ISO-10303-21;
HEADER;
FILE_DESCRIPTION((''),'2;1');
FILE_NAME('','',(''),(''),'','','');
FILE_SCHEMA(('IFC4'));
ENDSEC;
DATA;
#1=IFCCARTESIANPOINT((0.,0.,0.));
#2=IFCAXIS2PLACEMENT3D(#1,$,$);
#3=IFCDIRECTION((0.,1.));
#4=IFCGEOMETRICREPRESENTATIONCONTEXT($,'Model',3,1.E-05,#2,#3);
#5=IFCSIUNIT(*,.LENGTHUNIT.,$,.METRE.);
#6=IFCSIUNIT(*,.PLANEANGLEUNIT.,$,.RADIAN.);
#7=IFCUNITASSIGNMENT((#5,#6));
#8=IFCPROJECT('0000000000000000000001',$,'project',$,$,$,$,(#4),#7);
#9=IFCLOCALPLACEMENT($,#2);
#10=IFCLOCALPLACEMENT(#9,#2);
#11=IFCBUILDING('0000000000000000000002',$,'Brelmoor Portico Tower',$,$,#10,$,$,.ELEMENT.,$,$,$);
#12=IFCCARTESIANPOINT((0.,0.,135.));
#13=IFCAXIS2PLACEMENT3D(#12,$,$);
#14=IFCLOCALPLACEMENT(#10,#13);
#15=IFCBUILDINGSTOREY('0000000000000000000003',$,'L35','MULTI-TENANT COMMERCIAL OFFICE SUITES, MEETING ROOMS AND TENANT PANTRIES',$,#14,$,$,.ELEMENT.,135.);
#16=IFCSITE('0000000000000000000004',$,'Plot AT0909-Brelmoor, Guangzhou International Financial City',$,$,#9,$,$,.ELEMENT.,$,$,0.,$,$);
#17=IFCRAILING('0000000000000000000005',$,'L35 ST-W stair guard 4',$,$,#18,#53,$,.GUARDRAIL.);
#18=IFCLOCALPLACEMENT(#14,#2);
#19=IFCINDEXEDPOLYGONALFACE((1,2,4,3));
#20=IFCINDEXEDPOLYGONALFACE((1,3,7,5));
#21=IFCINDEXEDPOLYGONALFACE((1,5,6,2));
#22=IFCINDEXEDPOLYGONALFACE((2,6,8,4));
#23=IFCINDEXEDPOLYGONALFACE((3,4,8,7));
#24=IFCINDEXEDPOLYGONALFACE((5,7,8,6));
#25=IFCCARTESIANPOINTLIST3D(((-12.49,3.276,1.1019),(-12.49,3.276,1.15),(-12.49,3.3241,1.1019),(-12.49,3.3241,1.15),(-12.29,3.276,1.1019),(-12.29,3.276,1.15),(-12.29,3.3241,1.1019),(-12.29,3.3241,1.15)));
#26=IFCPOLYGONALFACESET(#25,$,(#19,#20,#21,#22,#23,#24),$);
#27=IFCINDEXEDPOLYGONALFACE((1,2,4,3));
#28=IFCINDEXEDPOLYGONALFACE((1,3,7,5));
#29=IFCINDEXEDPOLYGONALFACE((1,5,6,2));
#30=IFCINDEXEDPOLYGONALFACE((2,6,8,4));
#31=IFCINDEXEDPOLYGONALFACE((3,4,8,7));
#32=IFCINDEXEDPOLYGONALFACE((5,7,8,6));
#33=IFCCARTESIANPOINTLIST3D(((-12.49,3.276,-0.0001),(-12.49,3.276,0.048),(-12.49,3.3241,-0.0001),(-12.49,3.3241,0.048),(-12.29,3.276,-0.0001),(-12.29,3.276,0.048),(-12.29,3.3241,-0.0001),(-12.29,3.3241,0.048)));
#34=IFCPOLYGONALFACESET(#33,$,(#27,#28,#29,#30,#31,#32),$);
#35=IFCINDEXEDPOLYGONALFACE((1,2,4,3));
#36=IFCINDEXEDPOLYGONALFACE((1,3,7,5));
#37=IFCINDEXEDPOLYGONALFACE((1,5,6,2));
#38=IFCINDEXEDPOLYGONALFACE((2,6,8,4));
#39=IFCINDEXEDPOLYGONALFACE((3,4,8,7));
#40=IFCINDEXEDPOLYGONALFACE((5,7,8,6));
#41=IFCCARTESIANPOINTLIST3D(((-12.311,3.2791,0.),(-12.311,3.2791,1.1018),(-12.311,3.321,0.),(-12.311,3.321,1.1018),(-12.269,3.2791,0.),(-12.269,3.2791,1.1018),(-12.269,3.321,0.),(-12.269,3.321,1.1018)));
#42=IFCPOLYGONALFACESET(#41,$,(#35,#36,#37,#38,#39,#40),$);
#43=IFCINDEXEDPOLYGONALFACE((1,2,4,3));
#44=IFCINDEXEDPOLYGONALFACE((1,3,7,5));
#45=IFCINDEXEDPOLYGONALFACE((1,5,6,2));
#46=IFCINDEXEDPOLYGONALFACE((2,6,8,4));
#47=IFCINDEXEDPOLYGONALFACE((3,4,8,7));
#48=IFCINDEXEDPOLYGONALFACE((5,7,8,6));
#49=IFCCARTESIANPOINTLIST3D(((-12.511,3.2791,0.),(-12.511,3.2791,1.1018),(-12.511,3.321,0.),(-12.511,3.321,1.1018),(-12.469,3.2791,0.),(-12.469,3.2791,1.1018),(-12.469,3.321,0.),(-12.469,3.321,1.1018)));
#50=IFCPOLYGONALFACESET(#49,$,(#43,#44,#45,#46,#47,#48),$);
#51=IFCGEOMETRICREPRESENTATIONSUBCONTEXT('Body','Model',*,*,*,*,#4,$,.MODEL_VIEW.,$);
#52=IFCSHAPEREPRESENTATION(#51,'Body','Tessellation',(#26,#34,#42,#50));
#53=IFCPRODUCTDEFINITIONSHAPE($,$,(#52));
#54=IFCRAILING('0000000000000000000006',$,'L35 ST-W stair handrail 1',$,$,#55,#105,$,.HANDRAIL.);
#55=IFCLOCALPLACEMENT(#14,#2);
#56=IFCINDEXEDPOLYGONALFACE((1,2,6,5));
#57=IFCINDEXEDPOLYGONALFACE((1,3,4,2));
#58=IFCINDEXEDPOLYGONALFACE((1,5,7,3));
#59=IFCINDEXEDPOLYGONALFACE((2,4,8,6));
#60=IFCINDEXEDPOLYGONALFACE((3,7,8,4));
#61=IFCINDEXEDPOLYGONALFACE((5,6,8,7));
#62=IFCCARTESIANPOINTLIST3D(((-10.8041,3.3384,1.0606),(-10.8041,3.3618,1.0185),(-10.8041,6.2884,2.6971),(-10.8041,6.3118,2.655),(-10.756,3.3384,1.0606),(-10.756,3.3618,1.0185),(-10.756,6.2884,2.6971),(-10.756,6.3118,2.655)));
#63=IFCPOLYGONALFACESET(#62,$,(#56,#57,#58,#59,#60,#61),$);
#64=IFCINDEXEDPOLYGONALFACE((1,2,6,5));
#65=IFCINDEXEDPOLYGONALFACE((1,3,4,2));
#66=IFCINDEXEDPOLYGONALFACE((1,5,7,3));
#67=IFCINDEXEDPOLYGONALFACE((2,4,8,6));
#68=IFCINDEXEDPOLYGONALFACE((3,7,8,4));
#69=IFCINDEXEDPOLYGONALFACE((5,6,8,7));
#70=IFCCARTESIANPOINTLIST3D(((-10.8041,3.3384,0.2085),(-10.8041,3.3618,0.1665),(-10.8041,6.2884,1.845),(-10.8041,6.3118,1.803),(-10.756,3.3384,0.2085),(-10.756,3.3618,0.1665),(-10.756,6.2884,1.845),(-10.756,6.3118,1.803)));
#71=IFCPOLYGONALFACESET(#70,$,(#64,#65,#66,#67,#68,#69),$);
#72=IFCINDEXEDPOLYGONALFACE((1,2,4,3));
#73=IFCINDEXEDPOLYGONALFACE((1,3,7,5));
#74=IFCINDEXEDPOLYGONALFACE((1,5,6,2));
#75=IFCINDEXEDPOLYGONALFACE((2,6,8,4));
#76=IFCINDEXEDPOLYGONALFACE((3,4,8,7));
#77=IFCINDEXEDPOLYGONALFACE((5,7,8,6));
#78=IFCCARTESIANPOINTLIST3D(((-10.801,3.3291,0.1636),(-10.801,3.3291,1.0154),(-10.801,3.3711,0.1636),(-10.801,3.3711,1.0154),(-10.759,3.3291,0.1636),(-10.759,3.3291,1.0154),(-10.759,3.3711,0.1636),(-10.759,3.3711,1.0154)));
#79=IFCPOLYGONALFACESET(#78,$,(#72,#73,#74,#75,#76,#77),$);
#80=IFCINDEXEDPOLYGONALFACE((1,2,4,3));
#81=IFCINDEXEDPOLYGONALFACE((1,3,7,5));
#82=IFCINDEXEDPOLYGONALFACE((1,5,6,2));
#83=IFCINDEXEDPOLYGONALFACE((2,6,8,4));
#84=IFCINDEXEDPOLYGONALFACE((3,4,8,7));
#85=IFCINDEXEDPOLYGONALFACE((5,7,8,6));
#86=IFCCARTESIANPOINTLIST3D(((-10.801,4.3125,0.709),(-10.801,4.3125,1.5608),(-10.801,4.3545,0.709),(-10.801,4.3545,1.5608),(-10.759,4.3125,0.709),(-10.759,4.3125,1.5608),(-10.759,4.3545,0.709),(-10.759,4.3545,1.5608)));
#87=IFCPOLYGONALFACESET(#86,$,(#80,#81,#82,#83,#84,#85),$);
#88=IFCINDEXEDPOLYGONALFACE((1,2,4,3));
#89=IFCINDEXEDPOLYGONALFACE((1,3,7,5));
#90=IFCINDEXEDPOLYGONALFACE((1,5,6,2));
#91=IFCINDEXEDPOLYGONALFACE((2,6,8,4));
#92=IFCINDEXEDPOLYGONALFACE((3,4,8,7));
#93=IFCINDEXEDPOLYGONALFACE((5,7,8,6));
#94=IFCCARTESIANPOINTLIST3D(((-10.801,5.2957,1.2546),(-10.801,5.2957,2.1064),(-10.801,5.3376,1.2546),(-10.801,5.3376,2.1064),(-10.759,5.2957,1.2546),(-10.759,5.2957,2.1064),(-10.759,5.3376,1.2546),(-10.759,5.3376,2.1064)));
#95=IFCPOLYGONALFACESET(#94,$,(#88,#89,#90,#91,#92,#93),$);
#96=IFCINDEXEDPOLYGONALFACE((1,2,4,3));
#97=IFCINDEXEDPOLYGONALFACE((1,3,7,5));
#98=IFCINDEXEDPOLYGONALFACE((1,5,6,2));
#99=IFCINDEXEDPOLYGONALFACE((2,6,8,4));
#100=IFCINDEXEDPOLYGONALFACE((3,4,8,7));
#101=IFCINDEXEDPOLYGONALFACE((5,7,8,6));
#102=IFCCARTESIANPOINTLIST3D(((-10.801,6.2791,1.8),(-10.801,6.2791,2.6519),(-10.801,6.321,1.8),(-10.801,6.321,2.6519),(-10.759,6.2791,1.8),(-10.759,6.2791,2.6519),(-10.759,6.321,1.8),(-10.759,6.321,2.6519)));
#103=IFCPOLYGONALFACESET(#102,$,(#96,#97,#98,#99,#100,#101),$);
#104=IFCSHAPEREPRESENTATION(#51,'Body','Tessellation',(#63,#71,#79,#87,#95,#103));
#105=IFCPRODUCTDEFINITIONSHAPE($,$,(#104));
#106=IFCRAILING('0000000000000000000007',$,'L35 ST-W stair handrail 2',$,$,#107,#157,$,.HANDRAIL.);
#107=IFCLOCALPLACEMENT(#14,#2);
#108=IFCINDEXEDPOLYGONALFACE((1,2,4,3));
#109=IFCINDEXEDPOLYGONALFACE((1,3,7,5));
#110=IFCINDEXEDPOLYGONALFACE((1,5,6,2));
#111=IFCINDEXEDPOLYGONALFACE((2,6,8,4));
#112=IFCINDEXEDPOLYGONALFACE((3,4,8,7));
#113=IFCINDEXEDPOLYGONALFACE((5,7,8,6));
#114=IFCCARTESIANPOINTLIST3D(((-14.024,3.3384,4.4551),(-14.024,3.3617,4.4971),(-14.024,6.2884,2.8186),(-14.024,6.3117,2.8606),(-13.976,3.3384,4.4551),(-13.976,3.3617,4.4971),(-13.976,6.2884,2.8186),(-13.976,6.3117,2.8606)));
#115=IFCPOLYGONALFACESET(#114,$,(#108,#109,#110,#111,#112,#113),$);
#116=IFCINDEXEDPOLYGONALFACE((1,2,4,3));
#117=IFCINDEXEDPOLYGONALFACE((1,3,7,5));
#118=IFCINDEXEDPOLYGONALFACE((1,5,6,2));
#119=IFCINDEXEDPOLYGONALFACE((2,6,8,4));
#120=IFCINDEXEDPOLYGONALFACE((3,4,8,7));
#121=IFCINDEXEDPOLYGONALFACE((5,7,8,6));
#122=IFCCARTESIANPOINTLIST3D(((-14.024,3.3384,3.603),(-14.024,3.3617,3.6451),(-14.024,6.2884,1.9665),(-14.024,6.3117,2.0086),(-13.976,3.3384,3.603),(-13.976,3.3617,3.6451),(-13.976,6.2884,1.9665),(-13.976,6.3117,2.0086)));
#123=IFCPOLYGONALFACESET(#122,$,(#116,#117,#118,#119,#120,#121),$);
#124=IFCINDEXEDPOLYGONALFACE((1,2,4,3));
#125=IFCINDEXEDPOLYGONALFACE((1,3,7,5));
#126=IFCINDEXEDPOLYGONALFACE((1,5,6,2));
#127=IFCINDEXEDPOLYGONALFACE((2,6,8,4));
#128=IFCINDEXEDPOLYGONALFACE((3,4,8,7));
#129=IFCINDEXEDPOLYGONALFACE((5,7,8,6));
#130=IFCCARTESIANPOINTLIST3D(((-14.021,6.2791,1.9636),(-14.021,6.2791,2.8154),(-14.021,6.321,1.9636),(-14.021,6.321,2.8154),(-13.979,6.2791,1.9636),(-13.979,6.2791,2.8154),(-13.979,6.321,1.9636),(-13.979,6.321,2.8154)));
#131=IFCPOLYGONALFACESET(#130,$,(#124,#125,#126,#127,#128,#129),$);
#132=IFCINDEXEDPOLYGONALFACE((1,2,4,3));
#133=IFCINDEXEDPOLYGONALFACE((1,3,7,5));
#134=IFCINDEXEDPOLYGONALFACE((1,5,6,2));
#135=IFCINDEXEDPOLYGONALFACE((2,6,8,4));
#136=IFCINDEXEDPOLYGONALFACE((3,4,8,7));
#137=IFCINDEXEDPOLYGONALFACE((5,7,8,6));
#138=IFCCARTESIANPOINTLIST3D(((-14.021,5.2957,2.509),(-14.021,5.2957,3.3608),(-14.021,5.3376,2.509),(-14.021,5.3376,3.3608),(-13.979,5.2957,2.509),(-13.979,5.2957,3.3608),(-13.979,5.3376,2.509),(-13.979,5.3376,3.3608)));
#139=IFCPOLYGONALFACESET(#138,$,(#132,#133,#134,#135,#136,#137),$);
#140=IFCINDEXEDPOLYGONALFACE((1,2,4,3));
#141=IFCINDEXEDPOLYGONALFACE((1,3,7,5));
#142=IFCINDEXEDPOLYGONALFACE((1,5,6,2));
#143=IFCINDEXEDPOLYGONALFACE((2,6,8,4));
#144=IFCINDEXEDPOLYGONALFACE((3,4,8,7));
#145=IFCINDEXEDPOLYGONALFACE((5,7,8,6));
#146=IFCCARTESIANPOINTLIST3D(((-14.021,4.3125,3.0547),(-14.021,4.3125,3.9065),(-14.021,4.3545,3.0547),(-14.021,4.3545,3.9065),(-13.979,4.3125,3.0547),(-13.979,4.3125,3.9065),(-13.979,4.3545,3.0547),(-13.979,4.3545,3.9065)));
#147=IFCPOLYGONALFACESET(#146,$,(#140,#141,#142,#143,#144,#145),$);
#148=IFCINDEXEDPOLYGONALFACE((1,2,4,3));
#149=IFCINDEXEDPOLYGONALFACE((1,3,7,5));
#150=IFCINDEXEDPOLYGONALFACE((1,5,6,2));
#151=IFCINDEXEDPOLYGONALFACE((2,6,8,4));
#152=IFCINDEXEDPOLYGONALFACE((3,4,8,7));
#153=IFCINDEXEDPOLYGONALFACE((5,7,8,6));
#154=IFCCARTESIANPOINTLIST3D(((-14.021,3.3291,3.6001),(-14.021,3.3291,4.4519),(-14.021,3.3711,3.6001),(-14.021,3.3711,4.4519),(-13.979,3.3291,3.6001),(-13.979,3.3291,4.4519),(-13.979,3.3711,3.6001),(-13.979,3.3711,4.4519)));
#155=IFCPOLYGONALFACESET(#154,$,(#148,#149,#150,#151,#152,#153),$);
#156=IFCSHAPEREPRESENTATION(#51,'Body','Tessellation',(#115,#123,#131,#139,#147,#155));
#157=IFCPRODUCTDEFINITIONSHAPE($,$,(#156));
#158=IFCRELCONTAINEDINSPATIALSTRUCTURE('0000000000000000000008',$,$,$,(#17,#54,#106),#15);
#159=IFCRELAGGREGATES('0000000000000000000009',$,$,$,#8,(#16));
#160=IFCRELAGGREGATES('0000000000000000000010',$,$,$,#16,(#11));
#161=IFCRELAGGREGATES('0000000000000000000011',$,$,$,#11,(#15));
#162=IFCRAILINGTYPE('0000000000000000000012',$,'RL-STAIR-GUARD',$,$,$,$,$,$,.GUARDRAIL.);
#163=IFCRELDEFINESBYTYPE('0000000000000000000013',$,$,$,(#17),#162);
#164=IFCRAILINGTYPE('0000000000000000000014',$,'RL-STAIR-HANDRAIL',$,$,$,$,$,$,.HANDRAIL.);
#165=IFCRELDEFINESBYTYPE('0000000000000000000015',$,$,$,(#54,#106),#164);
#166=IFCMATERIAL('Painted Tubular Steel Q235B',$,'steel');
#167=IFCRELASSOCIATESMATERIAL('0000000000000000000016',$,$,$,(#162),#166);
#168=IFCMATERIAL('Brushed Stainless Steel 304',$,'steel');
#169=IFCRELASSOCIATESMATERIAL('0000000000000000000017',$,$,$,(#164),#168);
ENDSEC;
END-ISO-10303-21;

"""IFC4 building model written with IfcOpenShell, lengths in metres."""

from ifc_helpers import new_model, si_unit, direction, frame, origin, origin_2d, place, context, subcontext, project, spatial, rectangle, extrude, material, type_object, element, save


model = new_model("IFC4")

# Units and contexts
model_context = context("Model", 3, precision=1e-05, world=origin(), true_north=direction((0.0, 1.0)))
body_context = subcontext(model_context, "Body", "Model", "MODEL_VIEW")
ifc_project = project(units=[si_unit("LENGTHUNIT", "METRE"), si_unit("PLANEANGLEUNIT", "RADIAN")], contexts=[model_context])

# Site, building, storey
site_placement = place(None, origin())
site = spatial("IfcSite", under=ifc_project, at=site_placement, Name="Plot AT0909-Brelmoor, Guangzhou International Financial City", CompositionType="ELEMENT", RefElevation=0.0)
building_placement = place(site_placement, origin())
building = spatial("IfcBuilding", under=site, at=building_placement, Name="Brelmoor Portico Tower", CompositionType="ELEMENT")
storey_placement = place(building_placement, frame((0.0, 0.0, 135.0)))
storey = spatial("IfcBuildingStorey", under=building, at=storey_placement, Name="L35", Description="MULTI-TENANT COMMERCIAL OFFICE SUITES, MEETING ROOMS AND TENANT PANTRIES", CompositionType="ELEMENT", Elevation=135.0)

# Railings
ifc_material_1 = material(Name="Painted Tubular Steel Q235B", Category="steel")
railing_type_1 = type_object("IfcRailingType", Name="RL-STAIR-GUARD", PredefinedType="GUARDRAIL", material=ifc_material_1)
railing_1_placement = place(storey_placement, frame((-12.29, 3.3, 0.0)))
element("IfcRailing", 1, at=railing_1_placement, inside=storey, type_object=railing_type_1, Name="L35 ST-W stair guard 4", PredefinedType="GUARDRAIL", context=body_context, shape_type="SweptSolid", body=[
    extrude(rectangle(XDim=0.0481, YDim=0.0481, at=origin_2d()), frame((0.0, 0.0, 1.126), z_axis=(-1.0, 0.0, 0.0), x_axis=(0.0, -1.0, 0.0)), (0.0, 0.0, 1.0), 0.2),
    extrude(rectangle(XDim=0.0481, YDim=0.0481, at=origin_2d()), frame((0.0, 0.0, 0.0239), z_axis=(-1.0, 0.0, 0.0), x_axis=(0.0, -1.0, 0.0)), (0.0, 0.0, 1.0), 0.2),
    extrude(rectangle(XDim=0.042, YDim=0.042, at=origin_2d()), origin(), (0.0, 0.0, 1.0), 1.1018),
    extrude(rectangle(XDim=0.042, YDim=0.042, at=origin_2d()), frame((-0.2, 0.0, 0.0)), (0.0, 0.0, 1.0), 1.1018),
])
ifc_material_2 = material(Name="Brushed Stainless Steel 304", Category="steel")
railing_type_2 = type_object("IfcRailingType", Name="RL-STAIR-HANDRAIL", PredefinedType="HANDRAIL", material=ifc_material_2)
railing_2_placement = place(storey_placement, frame((-10.78, 3.3501, 0.1636)))
element("IfcRailing", 2, at=railing_2_placement, inside=storey, type_object=railing_type_2, Name="L35 ST-W stair handrail 1", PredefinedType="HANDRAIL", context=body_context, shape_type="SweptSolid", body=[
    extrude(rectangle(XDim=0.0481, YDim=0.0481, at=origin_2d()), frame((0.0, 0.0, 0.876), z_axis=(0.0, 0.874458, 0.485102), x_axis=(-1.0, 0.0, 0.0)), (0.0, 0.0, 1.0), 3.3735),
    extrude(rectangle(XDim=0.0481, YDim=0.0481, at=origin_2d()), frame((0.0, 0.0, 0.0239), z_axis=(0.0, 0.874458, 0.485102), x_axis=(-1.0, 0.0, 0.0)), (0.0, 0.0, 1.0), 3.3735),
    extrude(rectangle(XDim=0.042, YDim=0.042, at=origin_2d()), origin(), (0.0, 0.0, 1.0), 0.8518),
    extrude(rectangle(XDim=0.042, YDim=0.042, at=origin_2d()), frame((0.0, 0.9834, 0.5454)), (0.0, 0.0, 1.0), 0.8518),
    extrude(rectangle(XDim=0.042, YDim=0.042, at=origin_2d()), frame((0.0, 1.9666, 1.0911)), (0.0, 0.0, 1.0), 0.8518),
    extrude(rectangle(XDim=0.042, YDim=0.042, at=origin_2d()), frame((0.0, 2.95, 1.6365)), (0.0, 0.0, 1.0), 0.8518),
])
railing_3_placement = place(storey_placement, frame((-14.0, 6.3, 1.9636)))
element("IfcRailing", 3, at=railing_3_placement, inside=storey, type_object=railing_type_2, Name="L35 ST-W stair handrail 2", PredefinedType="HANDRAIL", context=body_context, shape_type="SweptSolid", body=[
    extrude(rectangle(XDim=0.0481, YDim=0.0481, at=origin_2d()), frame((0.0, 0.0, 0.876), z_axis=(0.0, -0.874458, 0.485102), x_axis=(1.0, 0.0, 0.0)), (0.0, 0.0, 1.0), 3.3735),
    extrude(rectangle(XDim=0.0481, YDim=0.0481, at=origin_2d()), frame((0.0, 0.0, 0.0239), z_axis=(0.0, -0.874458, 0.485102), x_axis=(1.0, 0.0, 0.0)), (0.0, 0.0, 1.0), 3.3735),
    extrude(rectangle(XDim=0.042, YDim=0.042, at=origin_2d()), origin(), (0.0, 0.0, 1.0), 0.8518),
    extrude(rectangle(XDim=0.042, YDim=0.042, at=origin_2d()), frame((0.0, -0.9834, 0.5454)), (0.0, 0.0, 1.0), 0.8518),
    extrude(rectangle(XDim=0.042, YDim=0.042, at=origin_2d()), frame((0.0, -1.9666, 1.0911)), (0.0, 0.0, 1.0), 0.8518),
    extrude(rectangle(XDim=0.042, YDim=0.042, at=origin_2d()), frame((0.0, -2.95, 1.6365)), (0.0, 0.0, 1.0), 0.8518),
])

save(model, "model.ifc")
